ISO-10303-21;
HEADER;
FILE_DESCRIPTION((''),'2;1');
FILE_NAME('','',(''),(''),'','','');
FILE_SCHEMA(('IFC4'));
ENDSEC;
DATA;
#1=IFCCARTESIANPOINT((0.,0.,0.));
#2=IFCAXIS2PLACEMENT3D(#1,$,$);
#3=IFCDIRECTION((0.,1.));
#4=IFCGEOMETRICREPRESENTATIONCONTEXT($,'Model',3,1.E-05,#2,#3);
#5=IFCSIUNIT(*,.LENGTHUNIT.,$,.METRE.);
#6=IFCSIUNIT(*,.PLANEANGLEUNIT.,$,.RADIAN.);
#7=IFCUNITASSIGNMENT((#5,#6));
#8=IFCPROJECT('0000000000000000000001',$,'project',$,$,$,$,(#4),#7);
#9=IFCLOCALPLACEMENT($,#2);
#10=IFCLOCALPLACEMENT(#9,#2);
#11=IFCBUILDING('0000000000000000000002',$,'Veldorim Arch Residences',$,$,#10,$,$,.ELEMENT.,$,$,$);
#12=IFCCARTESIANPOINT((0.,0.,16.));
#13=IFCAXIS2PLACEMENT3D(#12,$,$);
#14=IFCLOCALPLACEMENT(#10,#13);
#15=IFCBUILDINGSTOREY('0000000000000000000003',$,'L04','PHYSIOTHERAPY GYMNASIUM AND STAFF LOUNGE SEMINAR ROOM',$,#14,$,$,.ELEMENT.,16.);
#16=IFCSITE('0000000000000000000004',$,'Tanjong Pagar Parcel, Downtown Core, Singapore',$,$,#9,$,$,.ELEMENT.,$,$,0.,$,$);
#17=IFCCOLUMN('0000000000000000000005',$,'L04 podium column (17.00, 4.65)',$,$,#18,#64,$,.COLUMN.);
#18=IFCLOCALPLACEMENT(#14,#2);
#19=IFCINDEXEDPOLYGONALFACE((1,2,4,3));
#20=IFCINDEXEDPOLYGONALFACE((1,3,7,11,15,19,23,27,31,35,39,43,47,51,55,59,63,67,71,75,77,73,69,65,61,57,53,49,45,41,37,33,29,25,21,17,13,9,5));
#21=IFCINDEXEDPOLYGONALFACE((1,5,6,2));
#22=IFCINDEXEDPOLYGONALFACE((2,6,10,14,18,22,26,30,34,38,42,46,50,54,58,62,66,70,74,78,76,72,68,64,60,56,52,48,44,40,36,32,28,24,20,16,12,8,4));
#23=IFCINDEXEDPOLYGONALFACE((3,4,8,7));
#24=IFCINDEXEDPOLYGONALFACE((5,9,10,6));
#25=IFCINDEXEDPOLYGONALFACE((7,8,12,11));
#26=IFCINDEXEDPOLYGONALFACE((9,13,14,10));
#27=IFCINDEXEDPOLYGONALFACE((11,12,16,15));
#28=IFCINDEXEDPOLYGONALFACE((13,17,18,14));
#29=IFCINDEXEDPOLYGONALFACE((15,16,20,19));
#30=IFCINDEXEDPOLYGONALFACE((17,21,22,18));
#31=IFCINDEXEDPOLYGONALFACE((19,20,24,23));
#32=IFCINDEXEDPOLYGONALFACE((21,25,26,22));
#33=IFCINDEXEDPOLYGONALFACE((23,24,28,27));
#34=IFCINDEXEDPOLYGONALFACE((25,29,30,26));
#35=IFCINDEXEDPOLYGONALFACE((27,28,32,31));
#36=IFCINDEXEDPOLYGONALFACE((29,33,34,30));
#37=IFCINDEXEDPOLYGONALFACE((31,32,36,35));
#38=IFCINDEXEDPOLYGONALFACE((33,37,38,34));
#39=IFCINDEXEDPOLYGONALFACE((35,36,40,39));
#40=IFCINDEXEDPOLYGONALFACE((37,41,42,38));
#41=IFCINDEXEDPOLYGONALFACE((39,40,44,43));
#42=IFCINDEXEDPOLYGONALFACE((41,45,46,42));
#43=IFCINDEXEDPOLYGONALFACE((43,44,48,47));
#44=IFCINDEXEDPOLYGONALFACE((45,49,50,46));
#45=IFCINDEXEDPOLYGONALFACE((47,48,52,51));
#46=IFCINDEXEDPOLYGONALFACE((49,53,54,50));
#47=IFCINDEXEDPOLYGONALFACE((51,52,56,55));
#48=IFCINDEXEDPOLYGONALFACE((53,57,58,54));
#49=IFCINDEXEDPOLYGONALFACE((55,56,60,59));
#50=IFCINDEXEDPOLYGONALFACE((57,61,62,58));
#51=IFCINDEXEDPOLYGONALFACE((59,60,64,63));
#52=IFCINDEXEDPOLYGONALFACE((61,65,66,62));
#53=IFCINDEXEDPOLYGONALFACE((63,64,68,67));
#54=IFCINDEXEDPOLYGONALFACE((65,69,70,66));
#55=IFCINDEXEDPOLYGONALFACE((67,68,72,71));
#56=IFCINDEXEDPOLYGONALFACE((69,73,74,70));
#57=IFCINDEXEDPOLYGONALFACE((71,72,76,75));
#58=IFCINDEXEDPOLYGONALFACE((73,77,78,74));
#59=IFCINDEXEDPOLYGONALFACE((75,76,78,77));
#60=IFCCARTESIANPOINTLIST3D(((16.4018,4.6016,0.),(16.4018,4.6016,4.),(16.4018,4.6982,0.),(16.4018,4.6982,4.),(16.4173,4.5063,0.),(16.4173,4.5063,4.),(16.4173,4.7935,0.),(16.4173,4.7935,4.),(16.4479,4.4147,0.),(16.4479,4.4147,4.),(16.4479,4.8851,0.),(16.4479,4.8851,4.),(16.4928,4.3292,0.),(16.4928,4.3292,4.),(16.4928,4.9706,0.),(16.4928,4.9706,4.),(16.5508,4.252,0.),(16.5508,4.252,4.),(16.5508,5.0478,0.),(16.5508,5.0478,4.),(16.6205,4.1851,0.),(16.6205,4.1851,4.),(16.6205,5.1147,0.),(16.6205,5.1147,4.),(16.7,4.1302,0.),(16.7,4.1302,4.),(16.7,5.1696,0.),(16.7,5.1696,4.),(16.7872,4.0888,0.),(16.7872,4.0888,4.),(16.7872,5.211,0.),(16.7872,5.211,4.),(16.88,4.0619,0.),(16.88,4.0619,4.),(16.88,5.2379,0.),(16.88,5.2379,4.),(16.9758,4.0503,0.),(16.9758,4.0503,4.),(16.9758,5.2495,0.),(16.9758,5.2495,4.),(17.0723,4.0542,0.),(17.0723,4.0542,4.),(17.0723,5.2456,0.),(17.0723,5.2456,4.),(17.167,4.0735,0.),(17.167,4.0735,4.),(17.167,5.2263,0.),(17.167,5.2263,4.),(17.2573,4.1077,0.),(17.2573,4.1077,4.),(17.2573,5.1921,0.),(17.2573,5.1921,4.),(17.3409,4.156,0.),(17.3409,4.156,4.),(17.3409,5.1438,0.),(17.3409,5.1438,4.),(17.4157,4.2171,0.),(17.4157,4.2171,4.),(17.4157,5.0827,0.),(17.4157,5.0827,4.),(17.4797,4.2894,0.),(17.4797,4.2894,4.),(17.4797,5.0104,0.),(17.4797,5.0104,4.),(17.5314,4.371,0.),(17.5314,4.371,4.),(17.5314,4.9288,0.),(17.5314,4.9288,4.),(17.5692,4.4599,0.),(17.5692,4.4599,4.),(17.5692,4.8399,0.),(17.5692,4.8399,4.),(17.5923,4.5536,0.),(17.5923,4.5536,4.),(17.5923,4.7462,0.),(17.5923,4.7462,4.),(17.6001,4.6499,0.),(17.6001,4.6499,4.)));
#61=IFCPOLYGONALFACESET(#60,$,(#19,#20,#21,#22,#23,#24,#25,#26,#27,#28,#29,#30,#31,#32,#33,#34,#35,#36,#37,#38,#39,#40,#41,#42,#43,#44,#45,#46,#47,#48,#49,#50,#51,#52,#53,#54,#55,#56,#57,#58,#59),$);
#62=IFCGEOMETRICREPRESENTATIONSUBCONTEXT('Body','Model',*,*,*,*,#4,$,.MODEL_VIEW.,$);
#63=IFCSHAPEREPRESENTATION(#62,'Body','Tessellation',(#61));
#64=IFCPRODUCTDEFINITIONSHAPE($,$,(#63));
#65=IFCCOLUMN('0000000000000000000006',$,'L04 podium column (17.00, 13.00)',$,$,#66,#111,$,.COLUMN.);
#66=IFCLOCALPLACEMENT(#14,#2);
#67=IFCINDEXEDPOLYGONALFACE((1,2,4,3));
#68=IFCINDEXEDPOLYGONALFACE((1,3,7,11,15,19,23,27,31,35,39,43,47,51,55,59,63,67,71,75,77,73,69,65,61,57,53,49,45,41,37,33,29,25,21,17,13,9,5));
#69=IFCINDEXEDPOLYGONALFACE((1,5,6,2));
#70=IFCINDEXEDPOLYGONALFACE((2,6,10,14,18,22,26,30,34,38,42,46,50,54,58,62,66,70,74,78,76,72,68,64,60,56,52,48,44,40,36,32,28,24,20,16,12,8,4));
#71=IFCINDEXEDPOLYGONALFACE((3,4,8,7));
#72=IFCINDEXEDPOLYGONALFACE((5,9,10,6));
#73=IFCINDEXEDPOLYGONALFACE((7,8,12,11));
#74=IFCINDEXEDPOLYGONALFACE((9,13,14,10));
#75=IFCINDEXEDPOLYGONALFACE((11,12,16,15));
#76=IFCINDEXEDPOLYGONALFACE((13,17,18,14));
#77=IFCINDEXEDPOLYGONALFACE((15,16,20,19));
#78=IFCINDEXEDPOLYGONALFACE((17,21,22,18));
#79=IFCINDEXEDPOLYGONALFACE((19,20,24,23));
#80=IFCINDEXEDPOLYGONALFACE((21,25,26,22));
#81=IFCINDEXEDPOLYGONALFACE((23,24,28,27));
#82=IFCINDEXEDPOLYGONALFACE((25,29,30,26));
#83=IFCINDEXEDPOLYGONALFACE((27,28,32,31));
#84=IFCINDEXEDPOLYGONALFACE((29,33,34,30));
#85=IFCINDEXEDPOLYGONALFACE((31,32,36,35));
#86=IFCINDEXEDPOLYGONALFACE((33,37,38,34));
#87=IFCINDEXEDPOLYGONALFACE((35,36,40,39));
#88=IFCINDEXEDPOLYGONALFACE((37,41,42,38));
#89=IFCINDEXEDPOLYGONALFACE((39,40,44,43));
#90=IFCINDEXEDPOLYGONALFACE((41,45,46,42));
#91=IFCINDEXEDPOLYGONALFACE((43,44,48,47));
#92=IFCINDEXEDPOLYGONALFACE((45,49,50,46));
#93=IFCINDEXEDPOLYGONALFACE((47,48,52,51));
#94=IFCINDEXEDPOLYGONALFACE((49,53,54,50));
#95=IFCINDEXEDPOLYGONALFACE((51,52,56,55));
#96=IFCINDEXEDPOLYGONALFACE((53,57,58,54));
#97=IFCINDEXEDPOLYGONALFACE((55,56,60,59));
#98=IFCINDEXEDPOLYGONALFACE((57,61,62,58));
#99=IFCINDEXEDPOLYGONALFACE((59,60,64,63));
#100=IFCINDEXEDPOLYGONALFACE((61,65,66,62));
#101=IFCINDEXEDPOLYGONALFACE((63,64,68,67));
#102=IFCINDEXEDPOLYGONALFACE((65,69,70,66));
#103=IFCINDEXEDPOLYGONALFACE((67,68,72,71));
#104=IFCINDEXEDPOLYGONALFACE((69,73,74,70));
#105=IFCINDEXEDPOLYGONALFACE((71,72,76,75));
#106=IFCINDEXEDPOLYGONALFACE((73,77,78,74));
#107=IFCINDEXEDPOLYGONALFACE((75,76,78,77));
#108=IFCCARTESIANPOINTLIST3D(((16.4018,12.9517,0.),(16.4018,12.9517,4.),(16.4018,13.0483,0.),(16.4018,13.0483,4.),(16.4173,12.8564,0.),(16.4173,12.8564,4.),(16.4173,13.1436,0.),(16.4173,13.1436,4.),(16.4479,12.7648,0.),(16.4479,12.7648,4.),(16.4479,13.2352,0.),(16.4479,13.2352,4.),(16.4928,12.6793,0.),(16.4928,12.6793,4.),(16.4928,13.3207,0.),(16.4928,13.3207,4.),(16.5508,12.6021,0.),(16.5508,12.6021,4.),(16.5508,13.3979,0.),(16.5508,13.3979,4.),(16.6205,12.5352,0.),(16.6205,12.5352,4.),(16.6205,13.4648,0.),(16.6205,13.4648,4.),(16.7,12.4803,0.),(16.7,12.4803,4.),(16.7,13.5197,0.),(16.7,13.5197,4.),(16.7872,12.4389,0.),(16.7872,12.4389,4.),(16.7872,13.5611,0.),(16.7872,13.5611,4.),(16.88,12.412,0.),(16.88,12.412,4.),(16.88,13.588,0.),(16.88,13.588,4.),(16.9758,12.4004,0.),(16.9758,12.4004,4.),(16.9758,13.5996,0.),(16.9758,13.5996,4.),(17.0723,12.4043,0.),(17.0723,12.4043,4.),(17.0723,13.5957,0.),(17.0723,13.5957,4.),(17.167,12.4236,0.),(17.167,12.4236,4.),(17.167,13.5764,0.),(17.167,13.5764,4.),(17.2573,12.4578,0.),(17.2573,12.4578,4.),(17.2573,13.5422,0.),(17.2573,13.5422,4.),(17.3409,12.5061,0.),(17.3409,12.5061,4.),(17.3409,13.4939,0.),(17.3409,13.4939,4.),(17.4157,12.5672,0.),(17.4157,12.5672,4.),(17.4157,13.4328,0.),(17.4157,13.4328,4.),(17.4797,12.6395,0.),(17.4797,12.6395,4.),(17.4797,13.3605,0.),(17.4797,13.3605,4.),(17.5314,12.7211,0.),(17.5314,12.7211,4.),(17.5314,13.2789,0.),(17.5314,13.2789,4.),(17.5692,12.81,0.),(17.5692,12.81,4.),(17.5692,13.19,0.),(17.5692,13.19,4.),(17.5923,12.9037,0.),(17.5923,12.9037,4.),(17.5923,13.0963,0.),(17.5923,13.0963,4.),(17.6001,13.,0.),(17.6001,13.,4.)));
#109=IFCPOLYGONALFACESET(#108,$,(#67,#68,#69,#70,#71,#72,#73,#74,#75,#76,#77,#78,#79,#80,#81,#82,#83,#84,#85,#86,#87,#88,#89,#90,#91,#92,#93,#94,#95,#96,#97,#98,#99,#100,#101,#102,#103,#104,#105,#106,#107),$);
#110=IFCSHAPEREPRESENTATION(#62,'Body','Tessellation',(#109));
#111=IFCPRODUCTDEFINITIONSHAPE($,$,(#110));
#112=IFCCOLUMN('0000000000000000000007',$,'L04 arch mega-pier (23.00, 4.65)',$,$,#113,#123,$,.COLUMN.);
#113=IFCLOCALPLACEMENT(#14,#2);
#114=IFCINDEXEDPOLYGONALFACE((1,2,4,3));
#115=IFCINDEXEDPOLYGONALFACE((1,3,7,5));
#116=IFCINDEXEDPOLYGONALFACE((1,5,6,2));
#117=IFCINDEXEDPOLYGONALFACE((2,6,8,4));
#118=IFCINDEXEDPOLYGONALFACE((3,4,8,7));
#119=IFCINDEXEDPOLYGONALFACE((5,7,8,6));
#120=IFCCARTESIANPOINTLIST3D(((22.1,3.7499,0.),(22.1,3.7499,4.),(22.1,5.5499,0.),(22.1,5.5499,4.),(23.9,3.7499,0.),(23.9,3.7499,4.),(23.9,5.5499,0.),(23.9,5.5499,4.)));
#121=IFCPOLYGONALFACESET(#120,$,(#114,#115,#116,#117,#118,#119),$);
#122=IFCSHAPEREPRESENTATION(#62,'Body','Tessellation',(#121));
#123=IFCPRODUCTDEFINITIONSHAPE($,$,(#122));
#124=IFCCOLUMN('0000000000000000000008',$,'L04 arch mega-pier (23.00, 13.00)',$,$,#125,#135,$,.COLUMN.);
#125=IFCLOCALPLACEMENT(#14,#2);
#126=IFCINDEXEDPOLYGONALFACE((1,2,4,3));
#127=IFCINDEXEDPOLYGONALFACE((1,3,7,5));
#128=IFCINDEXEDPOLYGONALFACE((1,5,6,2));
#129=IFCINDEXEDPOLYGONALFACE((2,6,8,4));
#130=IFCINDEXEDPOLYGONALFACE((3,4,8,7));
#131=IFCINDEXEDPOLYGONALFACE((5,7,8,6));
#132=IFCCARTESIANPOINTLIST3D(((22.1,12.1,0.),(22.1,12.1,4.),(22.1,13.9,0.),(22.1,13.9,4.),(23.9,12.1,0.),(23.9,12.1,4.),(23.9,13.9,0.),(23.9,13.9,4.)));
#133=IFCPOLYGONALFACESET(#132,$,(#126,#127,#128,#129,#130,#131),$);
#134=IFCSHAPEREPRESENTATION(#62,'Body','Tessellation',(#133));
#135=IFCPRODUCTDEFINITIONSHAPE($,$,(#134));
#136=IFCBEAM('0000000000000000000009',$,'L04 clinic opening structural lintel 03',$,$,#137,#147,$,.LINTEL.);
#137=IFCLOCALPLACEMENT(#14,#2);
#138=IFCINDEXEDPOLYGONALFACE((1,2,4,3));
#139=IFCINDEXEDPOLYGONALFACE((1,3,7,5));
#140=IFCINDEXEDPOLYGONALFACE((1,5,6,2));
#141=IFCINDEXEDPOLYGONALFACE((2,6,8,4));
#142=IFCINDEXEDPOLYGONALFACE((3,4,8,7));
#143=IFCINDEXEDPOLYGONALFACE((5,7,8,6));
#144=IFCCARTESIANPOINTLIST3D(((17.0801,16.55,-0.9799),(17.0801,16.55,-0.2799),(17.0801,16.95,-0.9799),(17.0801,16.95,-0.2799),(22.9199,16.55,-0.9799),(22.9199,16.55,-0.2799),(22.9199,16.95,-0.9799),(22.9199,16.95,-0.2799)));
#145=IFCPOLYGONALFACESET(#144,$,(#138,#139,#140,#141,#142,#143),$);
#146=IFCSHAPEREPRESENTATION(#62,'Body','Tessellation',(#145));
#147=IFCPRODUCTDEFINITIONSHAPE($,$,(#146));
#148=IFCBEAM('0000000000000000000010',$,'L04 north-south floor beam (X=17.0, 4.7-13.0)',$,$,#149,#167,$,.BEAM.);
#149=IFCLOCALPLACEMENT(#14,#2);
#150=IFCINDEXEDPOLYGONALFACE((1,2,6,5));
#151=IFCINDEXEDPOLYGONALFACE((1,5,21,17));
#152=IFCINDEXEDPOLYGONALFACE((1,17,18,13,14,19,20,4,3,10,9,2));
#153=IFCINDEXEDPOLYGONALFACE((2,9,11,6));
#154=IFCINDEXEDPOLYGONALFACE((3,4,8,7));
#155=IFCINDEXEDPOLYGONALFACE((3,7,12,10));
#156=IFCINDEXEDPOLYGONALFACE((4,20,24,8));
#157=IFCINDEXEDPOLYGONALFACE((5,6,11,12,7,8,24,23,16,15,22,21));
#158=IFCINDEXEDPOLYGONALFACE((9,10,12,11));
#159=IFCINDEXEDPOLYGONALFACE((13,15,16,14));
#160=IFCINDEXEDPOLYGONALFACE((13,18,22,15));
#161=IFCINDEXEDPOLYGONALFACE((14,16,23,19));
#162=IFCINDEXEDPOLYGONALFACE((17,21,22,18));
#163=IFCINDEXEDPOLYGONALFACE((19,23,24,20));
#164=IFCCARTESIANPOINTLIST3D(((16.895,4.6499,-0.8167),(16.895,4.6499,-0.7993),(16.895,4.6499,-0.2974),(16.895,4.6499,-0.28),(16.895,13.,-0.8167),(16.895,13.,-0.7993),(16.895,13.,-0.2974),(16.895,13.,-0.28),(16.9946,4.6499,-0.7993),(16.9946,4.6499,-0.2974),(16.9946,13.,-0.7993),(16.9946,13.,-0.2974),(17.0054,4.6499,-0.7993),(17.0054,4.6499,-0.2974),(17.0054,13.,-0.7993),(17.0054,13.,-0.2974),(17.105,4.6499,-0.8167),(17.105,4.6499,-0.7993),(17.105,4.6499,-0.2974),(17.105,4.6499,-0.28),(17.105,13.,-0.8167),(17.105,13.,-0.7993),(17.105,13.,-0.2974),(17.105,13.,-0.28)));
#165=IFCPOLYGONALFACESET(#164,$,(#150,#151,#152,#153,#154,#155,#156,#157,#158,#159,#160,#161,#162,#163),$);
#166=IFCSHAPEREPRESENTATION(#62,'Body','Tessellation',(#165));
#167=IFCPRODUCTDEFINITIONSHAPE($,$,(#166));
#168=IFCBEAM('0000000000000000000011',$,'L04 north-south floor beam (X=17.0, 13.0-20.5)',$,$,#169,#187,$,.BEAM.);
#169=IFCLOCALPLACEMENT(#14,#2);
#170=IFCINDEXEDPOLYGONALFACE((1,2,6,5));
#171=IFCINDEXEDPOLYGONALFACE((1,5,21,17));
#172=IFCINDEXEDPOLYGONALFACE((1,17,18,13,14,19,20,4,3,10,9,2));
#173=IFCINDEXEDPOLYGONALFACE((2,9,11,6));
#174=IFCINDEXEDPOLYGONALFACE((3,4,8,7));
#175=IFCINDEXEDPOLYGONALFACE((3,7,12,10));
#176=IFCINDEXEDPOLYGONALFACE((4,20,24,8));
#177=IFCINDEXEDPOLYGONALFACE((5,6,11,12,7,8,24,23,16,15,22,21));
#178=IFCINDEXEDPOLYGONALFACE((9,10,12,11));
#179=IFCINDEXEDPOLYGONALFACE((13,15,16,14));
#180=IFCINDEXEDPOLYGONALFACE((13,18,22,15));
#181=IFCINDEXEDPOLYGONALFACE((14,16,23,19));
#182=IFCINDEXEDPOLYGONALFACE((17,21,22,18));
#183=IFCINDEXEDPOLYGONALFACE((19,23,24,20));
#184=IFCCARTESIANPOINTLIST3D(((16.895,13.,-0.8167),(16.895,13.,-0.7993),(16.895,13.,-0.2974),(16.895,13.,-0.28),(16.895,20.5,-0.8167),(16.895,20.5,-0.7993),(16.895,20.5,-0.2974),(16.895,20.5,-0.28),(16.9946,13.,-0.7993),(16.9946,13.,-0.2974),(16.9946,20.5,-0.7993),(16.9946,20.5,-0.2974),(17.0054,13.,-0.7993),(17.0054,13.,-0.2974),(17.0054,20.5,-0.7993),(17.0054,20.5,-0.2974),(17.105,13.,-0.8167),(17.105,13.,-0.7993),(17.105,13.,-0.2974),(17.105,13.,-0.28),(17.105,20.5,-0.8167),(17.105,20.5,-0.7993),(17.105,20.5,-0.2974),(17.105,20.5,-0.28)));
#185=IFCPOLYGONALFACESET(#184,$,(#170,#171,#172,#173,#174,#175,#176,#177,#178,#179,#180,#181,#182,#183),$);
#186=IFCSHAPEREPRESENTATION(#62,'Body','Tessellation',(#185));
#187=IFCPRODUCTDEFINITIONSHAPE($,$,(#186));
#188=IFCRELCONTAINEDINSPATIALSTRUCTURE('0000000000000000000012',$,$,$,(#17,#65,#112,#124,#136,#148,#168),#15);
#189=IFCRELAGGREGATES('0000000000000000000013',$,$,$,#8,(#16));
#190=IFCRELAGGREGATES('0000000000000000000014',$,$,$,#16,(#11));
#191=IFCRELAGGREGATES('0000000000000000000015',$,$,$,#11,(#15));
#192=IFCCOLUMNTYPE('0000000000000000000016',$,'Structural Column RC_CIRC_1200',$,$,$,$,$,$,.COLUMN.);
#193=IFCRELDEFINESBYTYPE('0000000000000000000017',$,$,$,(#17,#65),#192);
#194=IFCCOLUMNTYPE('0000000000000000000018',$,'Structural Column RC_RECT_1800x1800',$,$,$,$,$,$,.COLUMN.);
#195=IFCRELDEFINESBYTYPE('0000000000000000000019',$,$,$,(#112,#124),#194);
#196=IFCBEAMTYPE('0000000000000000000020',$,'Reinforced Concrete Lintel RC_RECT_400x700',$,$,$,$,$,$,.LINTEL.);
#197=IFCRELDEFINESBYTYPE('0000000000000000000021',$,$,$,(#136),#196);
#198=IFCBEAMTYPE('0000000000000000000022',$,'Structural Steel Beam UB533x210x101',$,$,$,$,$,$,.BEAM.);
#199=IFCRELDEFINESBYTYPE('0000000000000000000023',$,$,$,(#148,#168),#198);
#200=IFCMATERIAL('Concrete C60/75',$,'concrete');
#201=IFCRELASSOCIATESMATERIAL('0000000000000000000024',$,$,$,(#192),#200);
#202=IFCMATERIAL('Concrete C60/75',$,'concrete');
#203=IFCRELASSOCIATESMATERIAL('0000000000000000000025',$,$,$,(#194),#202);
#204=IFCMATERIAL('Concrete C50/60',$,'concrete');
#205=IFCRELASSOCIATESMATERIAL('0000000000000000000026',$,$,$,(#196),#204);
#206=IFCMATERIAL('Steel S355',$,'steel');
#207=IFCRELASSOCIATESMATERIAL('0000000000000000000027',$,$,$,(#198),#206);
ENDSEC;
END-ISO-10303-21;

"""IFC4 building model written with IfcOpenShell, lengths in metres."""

from ifc_helpers import new_model, si_unit, direction, frame, origin, origin_2d, place, context, subcontext, project, spatial, rectangle, circle, i_section, extrude, material, material_profile, profile_set, type_object, element, save


model = new_model("IFC4")

# Units and contexts
model_context = context("Model", 3, precision=1e-05, world=origin(), true_north=direction((0.0, 1.0)))
body_context = subcontext(model_context, "Body", "Model", "MODEL_VIEW")
ifc_project = project(units=[si_unit("LENGTHUNIT", "METRE"), si_unit("PLANEANGLEUNIT", "RADIAN")], contexts=[model_context])

# Site, building, storey
site_placement = place(None, origin())
site = spatial("IfcSite", under=ifc_project, at=site_placement, Name="Tanjong Pagar Parcel, Downtown Core, Singapore", CompositionType="ELEMENT", RefElevation=0.0)
building_placement = place(site_placement, origin())
building = spatial("IfcBuilding", under=site, at=building_placement, Name="Veldorim Arch Residences", CompositionType="ELEMENT")
storey_placement = place(building_placement, frame((0.0, 0.0, 16.0)))
storey = spatial("IfcBuildingStorey", under=building, at=storey_placement, Name="L04", Description="PHYSIOTHERAPY GYMNASIUM AND STAFF LOUNGE SEMINAR ROOM", CompositionType="ELEMENT", Elevation=16.0)

# Columns
ifc_material_1 = material(Name="Concrete C60/75", Category="concrete")
ifc_material_profile_1 = material_profile(ifc_material_1, circle(Radius=0.6001, at=origin_2d()), Name="RC_CIRC_1200")
ifc_profile_set_1 = profile_set([ifc_material_profile_1], Name="Concrete C60/75")
column_type_1 = type_object("IfcColumnType", Name="Structural Column RC_CIRC_1200", PredefinedType="COLUMN", material=ifc_profile_set_1)
for number, where, z_axis, x_axis, name in (
    (1, (17.0, 4.6499, 0.0), (0.0, 0.0, 1.0), (1.0, 0.0, 0.0), "L04 podium column (17.00, 4.65)"),
    (2, (17.0, 13.0, 0.0), (0.0, 0.0, 1.0), (1.0, 0.0, 0.0), "L04 podium column (17.00, 13.00)"),
):
    element("IfcColumn", number, at=place(storey_placement, frame(where, z_axis=z_axis, x_axis=x_axis)), inside=storey, type_object=column_type_1, Name=name, PredefinedType="COLUMN", context=body_context, shape_type="SweptSolid", body=[
        extrude(circle(Radius=0.6001, at=origin_2d()), origin(), (0.0, 0.0, 1.0), 4.0),
    ])
ifc_material_2 = material(Name="Concrete C60/75", Category="concrete")
ifc_material_profile_2 = material_profile(ifc_material_2, rectangle(XDim=1.8, YDim=1.8, at=origin_2d()), Name="RC_RECT_1800x1800")
ifc_profile_set_2 = profile_set([ifc_material_profile_2], Name="Concrete C60/75")
column_type_2 = type_object("IfcColumnType", Name="Structural Column RC_RECT_1800x1800", PredefinedType="COLUMN", material=ifc_profile_set_2)
for number, where, z_axis, x_axis, name in (
    (3, (23.0, 4.6499, 0.0), (0.0, 0.0, 1.0), (1.0, 0.0, 0.0), "L04 arch mega-pier (23.00, 4.65)"),
    (4, (23.0, 13.0, 0.0), (0.0, 0.0, 1.0), (1.0, 0.0, 0.0), "L04 arch mega-pier (23.00, 13.00)"),
):
    element("IfcColumn", number, at=place(storey_placement, frame(where, z_axis=z_axis, x_axis=x_axis)), inside=storey, type_object=column_type_2, Name=name, PredefinedType="COLUMN", context=body_context, shape_type="SweptSolid", body=[
        extrude(rectangle(XDim=1.8, YDim=1.8, at=origin_2d()), origin(), (0.0, 0.0, 1.0), 4.0),
    ])

# Beams
ifc_material_3 = material(Name="Concrete C50/60", Category="concrete")
ifc_material_profile_3 = material_profile(ifc_material_3, rectangle(XDim=0.3999, YDim=0.7, at=origin_2d()), Name="RC_RECT_400x700")
ifc_profile_set_3 = profile_set([ifc_material_profile_3], Name="Concrete C50/60")
beam_type_1 = type_object("IfcBeamType", Name="Reinforced Concrete Lintel RC_RECT_400x700", PredefinedType="LINTEL", material=ifc_profile_set_3)
beam_1_placement = place(storey_placement, frame((17.0801, 16.75, -0.6299), z_axis=(1.0, 0.0, 0.0), x_axis=(0.0, 1.0, 0.0)))
element("IfcBeam", 5, at=beam_1_placement, inside=storey, type_object=beam_type_1, Name="L04 clinic opening structural lintel 03", PredefinedType="LINTEL", context=body_context, shape_type="SweptSolid", body=[
    extrude(rectangle(XDim=0.3999, YDim=0.7, at=origin_2d()), origin(), (0.0, 0.0, 1.0), 5.8398),
])
ifc_material_4 = material(Name="Steel S355", Category="steel")
ifc_material_profile_4 = material_profile(ifc_material_4, i_section(OverallWidth=0.21, OverallDepth=0.5366, WebThickness=0.0107, FlangeThickness=0.0173, at=origin_2d()), Name="UB533x210x101")
ifc_profile_set_4 = profile_set([ifc_material_profile_4], Name="Steel S355")
beam_type_2 = type_object("IfcBeamType", Name="Structural Steel Beam UB533x210x101", PredefinedType="BEAM", material=ifc_profile_set_4)
beam_2_placement = place(storey_placement, frame((17.0, 4.6499, -0.5483), z_axis=(0.0, 1.0, 0.0), x_axis=(-1.0, 0.0, 0.0)))
element("IfcBeam", 6, at=beam_2_placement, inside=storey, type_object=beam_type_2, Name="L04 north-south floor beam (X=17.0, 4.7-13.0)", PredefinedType="BEAM", context=body_context, shape_type="SweptSolid", body=[
    extrude(i_section(OverallWidth=0.21, OverallDepth=0.5366, WebThickness=0.0107, FlangeThickness=0.0173, at=origin_2d()), origin(), (0.0, 0.0, 1.0), 8.3501),
])
beam_3_placement = place(storey_placement, frame((17.0, 13.0, -0.5483), z_axis=(0.0, 1.0, 0.0), x_axis=(-1.0, 0.0, 0.0)))
element("IfcBeam", 7, at=beam_3_placement, inside=storey, type_object=beam_type_2, Name="L04 north-south floor beam (X=17.0, 13.0-20.5)", PredefinedType="BEAM", context=body_context, shape_type="SweptSolid", body=[
    extrude(i_section(OverallWidth=0.21, OverallDepth=0.5366, WebThickness=0.0107, FlangeThickness=0.0173, at=origin_2d()), origin(), (0.0, 0.0, 1.0), 7.5),
])

save(model, "model.ifc")
